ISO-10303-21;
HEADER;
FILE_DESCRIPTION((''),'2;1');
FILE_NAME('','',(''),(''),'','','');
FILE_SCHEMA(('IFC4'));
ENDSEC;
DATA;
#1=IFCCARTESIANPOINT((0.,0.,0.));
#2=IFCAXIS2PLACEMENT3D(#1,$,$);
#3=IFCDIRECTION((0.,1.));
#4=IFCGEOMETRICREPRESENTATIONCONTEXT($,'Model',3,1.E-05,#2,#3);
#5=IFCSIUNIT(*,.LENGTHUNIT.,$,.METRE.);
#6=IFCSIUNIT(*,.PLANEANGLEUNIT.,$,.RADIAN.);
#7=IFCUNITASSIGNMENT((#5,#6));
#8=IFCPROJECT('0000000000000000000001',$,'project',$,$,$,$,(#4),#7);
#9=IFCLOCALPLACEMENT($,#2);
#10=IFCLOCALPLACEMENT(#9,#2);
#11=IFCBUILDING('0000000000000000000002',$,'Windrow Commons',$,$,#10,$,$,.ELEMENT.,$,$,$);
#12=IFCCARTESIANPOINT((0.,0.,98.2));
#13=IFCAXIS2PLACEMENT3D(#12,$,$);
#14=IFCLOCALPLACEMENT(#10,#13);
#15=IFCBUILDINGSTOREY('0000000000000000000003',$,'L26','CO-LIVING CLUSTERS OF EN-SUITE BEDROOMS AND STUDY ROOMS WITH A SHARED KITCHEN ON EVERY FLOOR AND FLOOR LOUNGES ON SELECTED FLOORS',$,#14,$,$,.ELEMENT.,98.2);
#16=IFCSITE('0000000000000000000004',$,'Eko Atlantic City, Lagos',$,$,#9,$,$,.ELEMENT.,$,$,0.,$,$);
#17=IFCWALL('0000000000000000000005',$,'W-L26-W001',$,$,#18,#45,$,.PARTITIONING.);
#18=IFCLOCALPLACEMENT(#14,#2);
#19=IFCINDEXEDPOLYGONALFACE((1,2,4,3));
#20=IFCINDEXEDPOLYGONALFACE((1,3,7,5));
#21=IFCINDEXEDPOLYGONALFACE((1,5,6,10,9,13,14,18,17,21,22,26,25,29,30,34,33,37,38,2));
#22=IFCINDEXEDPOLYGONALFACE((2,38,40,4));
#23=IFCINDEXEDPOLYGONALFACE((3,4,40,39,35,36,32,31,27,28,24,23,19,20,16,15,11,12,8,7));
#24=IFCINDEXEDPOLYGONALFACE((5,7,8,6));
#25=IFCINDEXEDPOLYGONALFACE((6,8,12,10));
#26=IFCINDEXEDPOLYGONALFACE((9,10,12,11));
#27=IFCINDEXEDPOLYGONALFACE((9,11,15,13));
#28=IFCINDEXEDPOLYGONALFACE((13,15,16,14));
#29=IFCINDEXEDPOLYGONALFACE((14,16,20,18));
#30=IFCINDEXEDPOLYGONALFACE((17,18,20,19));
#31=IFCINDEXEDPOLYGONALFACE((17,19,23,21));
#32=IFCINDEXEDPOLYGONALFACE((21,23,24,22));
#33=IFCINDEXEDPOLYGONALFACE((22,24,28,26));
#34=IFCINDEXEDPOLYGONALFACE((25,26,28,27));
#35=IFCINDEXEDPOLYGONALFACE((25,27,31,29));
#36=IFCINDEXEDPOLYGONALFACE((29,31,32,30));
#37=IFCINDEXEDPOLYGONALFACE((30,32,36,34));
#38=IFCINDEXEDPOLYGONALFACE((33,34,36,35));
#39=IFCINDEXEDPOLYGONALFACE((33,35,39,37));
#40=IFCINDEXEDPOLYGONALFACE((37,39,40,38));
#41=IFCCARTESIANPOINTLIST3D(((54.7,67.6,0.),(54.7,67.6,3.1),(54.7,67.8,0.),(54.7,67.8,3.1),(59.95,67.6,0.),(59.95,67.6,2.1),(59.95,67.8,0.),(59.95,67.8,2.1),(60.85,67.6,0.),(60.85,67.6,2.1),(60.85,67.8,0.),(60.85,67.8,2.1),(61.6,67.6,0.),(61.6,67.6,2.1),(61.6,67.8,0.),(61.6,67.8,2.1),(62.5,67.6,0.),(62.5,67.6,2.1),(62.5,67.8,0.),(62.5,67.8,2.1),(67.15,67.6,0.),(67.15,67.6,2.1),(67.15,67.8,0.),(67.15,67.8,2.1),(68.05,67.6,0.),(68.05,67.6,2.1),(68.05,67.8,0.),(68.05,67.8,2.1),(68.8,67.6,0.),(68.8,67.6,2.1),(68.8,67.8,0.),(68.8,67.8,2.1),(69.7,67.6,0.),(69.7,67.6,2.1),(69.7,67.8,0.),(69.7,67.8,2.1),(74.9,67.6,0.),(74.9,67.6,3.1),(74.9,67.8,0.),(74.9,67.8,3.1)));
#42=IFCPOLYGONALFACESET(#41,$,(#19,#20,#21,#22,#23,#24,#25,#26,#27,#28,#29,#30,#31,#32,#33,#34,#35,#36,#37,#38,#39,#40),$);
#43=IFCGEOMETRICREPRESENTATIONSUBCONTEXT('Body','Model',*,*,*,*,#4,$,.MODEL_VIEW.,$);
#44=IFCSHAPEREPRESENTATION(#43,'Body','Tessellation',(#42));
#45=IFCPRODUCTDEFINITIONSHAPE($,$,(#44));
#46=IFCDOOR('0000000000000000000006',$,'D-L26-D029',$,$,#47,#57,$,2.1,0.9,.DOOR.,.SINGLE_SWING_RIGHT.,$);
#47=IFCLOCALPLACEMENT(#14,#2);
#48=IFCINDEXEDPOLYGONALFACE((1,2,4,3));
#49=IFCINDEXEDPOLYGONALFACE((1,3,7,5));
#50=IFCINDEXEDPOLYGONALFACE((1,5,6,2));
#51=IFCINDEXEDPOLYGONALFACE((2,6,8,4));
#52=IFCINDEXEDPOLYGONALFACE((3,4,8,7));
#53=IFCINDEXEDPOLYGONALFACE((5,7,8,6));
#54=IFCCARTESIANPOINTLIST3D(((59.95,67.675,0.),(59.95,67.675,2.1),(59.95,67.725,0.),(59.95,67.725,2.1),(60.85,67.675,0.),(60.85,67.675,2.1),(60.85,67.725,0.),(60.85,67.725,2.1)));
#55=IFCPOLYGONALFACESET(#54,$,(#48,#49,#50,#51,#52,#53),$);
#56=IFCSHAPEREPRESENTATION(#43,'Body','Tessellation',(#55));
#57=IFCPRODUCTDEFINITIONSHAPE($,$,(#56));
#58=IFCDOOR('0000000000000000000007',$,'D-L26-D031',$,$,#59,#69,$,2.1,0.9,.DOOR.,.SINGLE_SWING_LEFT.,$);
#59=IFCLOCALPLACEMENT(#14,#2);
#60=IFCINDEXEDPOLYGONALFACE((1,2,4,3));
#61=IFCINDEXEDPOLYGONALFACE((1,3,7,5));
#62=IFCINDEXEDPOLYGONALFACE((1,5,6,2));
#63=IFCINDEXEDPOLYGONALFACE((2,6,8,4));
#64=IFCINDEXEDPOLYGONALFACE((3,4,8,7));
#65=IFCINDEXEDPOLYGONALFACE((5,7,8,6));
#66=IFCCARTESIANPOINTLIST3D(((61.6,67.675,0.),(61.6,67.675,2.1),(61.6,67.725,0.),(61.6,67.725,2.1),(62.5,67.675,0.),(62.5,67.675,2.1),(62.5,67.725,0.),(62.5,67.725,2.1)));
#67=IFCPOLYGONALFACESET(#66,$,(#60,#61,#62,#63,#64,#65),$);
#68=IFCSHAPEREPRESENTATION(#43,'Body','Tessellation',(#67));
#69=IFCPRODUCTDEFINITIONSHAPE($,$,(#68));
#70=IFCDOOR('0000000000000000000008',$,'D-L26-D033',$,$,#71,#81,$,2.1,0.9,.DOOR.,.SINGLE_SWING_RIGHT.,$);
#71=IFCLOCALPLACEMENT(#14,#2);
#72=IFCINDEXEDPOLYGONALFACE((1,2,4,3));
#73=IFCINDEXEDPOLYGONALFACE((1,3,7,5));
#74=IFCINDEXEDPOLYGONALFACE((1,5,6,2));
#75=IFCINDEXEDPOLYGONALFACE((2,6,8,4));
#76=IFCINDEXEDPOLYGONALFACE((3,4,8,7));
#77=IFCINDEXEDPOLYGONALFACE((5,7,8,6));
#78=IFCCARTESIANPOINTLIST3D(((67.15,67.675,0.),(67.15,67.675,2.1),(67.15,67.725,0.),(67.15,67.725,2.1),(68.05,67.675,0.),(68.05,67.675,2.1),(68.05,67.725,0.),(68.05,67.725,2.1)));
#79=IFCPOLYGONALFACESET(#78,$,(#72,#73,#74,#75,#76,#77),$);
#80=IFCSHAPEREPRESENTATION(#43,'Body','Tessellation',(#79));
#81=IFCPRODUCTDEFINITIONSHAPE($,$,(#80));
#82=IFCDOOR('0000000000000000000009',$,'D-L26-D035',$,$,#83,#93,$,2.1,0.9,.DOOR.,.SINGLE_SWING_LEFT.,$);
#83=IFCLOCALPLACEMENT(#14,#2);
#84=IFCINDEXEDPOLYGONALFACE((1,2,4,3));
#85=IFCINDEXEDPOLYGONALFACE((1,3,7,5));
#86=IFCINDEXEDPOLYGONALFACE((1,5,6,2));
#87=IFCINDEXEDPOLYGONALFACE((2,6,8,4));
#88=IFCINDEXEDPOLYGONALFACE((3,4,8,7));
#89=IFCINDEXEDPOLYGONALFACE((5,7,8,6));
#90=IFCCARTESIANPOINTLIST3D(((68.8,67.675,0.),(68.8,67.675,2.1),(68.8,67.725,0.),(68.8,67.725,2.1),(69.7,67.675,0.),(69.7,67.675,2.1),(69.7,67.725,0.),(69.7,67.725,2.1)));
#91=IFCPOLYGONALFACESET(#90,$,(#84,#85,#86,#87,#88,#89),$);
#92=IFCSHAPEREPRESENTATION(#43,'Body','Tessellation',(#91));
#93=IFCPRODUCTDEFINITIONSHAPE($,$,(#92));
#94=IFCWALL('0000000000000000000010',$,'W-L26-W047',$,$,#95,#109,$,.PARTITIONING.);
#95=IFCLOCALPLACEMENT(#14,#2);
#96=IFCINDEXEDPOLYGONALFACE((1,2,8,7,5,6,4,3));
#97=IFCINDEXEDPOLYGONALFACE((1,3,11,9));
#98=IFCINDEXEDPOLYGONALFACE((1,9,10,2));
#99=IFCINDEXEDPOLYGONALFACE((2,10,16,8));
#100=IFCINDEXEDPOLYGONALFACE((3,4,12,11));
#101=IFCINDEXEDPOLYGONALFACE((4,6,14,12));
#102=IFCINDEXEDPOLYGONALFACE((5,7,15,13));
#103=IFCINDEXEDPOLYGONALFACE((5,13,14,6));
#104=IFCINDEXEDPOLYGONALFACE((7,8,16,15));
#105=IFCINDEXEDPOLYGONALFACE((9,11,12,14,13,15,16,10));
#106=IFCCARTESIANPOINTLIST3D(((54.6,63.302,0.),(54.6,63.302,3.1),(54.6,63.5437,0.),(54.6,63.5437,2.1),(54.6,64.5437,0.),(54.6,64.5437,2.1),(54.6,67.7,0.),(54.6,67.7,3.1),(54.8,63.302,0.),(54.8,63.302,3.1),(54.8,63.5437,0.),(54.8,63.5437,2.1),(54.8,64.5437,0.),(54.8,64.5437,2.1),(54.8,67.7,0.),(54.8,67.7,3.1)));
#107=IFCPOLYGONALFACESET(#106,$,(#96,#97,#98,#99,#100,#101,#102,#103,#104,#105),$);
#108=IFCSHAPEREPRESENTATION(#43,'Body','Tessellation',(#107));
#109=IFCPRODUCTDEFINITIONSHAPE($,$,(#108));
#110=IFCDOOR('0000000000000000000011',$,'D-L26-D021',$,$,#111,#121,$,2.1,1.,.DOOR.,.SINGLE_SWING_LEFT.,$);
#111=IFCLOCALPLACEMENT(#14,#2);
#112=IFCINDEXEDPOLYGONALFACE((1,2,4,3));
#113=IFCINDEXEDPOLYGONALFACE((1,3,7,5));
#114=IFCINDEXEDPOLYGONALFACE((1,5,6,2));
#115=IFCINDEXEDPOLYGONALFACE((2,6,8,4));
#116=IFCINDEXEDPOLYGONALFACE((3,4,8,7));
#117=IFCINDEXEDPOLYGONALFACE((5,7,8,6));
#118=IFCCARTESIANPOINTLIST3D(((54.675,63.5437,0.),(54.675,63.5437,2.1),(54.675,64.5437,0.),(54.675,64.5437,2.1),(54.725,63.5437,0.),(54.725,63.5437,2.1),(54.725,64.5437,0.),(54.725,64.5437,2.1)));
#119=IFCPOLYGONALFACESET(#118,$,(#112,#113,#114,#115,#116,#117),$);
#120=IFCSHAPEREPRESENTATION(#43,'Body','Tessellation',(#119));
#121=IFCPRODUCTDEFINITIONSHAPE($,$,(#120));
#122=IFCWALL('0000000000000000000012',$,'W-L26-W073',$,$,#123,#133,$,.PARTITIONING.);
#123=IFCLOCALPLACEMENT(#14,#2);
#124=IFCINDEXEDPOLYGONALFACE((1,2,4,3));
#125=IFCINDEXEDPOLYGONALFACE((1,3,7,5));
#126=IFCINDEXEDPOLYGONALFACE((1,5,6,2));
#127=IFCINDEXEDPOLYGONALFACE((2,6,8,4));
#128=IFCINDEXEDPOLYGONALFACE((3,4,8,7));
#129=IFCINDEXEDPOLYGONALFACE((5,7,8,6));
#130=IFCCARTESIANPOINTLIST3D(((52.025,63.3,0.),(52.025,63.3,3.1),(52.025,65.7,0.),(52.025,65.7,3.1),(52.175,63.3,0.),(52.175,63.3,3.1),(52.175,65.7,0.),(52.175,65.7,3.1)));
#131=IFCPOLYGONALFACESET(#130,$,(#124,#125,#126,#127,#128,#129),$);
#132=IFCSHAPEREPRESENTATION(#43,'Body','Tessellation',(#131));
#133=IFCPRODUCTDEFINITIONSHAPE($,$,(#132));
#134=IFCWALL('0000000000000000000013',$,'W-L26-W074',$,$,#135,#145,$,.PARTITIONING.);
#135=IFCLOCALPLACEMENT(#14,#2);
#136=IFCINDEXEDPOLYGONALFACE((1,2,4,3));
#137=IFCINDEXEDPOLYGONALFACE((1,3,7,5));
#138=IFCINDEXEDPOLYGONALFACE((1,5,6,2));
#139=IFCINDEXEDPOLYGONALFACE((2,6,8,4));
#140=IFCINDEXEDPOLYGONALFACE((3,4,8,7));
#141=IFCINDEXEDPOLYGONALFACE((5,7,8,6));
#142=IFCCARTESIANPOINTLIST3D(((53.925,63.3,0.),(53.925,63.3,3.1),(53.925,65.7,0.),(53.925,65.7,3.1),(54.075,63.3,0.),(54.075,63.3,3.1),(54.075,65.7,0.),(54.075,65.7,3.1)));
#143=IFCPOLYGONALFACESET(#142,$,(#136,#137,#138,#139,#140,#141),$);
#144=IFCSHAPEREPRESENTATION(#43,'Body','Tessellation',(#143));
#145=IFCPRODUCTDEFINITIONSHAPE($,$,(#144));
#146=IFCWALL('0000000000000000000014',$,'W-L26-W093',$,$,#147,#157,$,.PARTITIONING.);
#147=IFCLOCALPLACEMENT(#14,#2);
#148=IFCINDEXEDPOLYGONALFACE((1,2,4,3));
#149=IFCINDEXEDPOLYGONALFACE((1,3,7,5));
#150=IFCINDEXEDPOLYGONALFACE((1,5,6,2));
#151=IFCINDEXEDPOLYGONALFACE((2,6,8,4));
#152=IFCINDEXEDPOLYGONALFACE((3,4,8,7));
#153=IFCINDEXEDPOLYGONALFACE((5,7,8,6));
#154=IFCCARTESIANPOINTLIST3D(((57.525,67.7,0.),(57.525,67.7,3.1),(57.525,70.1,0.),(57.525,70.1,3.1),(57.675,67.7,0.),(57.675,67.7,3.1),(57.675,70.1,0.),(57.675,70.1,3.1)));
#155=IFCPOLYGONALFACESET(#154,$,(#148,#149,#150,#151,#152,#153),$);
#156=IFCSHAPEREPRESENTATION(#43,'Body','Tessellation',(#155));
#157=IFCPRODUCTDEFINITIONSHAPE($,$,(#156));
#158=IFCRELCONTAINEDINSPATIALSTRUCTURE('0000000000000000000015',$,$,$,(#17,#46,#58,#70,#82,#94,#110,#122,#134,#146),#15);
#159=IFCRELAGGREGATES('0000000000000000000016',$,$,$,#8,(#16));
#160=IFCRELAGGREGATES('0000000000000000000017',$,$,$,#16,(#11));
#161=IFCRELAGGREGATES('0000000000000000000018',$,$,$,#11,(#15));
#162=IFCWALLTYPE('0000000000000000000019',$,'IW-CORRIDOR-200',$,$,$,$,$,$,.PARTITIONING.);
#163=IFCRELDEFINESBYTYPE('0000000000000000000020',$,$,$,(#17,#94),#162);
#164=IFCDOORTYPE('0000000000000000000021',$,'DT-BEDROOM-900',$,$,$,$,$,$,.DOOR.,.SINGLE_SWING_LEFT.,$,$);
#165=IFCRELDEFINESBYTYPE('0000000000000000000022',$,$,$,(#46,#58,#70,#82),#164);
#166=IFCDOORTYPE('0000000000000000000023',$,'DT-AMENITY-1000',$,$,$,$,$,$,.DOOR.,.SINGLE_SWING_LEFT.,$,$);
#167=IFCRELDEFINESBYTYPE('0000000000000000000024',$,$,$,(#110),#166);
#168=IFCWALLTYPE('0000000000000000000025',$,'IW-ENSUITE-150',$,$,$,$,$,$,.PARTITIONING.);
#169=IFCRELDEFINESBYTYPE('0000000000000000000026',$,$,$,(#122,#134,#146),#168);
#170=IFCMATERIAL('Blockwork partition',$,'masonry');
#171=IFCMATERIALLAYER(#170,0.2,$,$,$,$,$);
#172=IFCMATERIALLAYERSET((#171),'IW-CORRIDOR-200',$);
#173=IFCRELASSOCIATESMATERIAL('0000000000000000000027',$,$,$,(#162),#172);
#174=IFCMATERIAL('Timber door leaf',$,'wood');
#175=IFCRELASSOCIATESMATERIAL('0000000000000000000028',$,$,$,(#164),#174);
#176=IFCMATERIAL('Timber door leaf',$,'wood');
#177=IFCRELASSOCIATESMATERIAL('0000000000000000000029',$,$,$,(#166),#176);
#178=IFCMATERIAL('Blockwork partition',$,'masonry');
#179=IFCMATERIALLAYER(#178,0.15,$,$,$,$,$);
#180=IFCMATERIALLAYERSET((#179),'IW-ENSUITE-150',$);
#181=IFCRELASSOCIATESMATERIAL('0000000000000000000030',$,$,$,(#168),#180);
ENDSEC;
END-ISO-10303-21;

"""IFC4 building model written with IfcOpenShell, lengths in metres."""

from ifc_helpers import new_model, si_unit, direction, frame, frame_2d, origin, place, context, subcontext, project, spatial, rectangle, extrude, material, layer, layer_set, type_object, element, fill, save


model = new_model("IFC4")

# Units and contexts
model_context = context("Model", 3, precision=1e-05, world=origin(), true_north=direction((0.0, 1.0)))
body_context = subcontext(model_context, "Body", "Model", "MODEL_VIEW")
ifc_project = project(units=[si_unit("LENGTHUNIT", "METRE"), si_unit("PLANEANGLEUNIT", "RADIAN")], contexts=[model_context])

# Site, building, storey
site_placement = place(None, origin())
site = spatial("IfcSite", under=ifc_project, at=site_placement, Name="Eko Atlantic City, Lagos", CompositionType="ELEMENT", RefElevation=0.0)
building_placement = place(site_placement, origin())
building = spatial("IfcBuilding", under=site, at=building_placement, Name="Windrow Commons", CompositionType="ELEMENT")
storey_placement = place(building_placement, frame((0.0, 0.0, 98.2)))
storey = spatial("IfcBuildingStorey", under=building, at=storey_placement, Name="L26", Description="CO-LIVING CLUSTERS OF EN-SUITE BEDROOMS AND STUDY ROOMS WITH A SHARED KITCHEN ON EVERY FLOOR AND FLOOR LOUNGES ON SELECTED FLOORS", CompositionType="ELEMENT", Elevation=98.2)

# Wall, openings, doors
ifc_material_1 = material(Name="Blockwork partition", Category="masonry")
ifc_layer_1 = layer(ifc_material_1, 0.2)
ifc_layer_set_1 = layer_set([ifc_layer_1], Name="IW-CORRIDOR-200")
wall_type_1 = type_object("IfcWallType", Name="IW-CORRIDOR-200", PredefinedType="PARTITIONING", material=ifc_layer_set_1)
wall_1_placement = place(storey_placement, frame((54.7, 67.7, 0.0), z_axis=(0.0, 0.0, 1.0), x_axis=(1.0, 0.0, 0.0)))
wall_1 = element("IfcWall", 1, at=wall_1_placement, inside=storey, type_object=wall_type_1, Name="W-L26-W001", PredefinedType="PARTITIONING", context=body_context, shape_type="SweptSolid", body=[
    extrude(rectangle(XDim=20.2, YDim=0.2, at=frame_2d((10.1, 0.0))), origin(), (0.0, 0.0, 1.0), 3.1),
])
opening_1_placement = place(wall_1_placement, frame((5.25, 0.0, 0.0)))
opening_1 = element("IfcOpeningElement", 2, at=opening_1_placement, cuts=wall_1, PredefinedType="OPENING", context=body_context, shape_type="SweptSolid", body=[
    extrude(rectangle(XDim=0.9, YDim=2.1, at=frame_2d((0.45, 1.05))), frame((0.0, 0.11, 0.0), z_axis=(0.0, -1.0, 0.0), x_axis=(1.0, 0.0, 0.0)), (0.0, 0.0, 1.0), 0.22),
])
opening_2_placement = place(wall_1_placement, frame((6.9, 0.0, 0.0)))
opening_2 = element("IfcOpeningElement", 3, at=opening_2_placement, cuts=wall_1, PredefinedType="OPENING", context=body_context, shape_type="SweptSolid", body=[
    extrude(rectangle(XDim=0.9, YDim=2.1, at=frame_2d((0.45, 1.05))), frame((0.0, 0.11, 0.0), z_axis=(0.0, -1.0, 0.0), x_axis=(1.0, 0.0, 0.0)), (0.0, 0.0, 1.0), 0.22),
])
opening_3_placement = place(wall_1_placement, frame((12.45, 0.0, 0.0)))
opening_3 = element("IfcOpeningElement", 4, at=opening_3_placement, cuts=wall_1, PredefinedType="OPENING", context=body_context, shape_type="SweptSolid", body=[
    extrude(rectangle(XDim=0.9, YDim=2.1, at=frame_2d((0.45, 1.05))), frame((0.0, 0.11, 0.0), z_axis=(0.0, -1.0, 0.0), x_axis=(1.0, 0.0, 0.0)), (0.0, 0.0, 1.0), 0.22),
])
opening_4_placement = place(wall_1_placement, frame((14.1, 0.0, 0.0)))
opening_4 = element("IfcOpeningElement", 5, at=opening_4_placement, cuts=wall_1, PredefinedType="OPENING", context=body_context, shape_type="SweptSolid", body=[
    extrude(rectangle(XDim=0.9, YDim=2.1, at=frame_2d((0.45, 1.05))), frame((0.0, 0.11, 0.0), z_axis=(0.0, -1.0, 0.0), x_axis=(1.0, 0.0, 0.0)), (0.0, 0.0, 1.0), 0.22),
])
ifc_material_2 = material(Name="Timber door leaf", Category="wood")
door_type_1 = type_object("IfcDoorType", Name="DT-BEDROOM-900", OperationType="SINGLE_SWING_LEFT", PredefinedType="DOOR", material=ifc_material_2)
door_1_placement = place(opening_1_placement, origin())
door_1 = element("IfcDoor", 6, at=door_1_placement, inside=storey, type_object=door_type_1, Name="D-L26-D029", OperationType="SINGLE_SWING_RIGHT", OverallHeight=2.1, OverallWidth=0.9, PredefinedType="DOOR", context=body_context, shape_type="SweptSolid", body=[
    extrude(rectangle(XDim=0.9, YDim=2.1, at=frame_2d((0.45, 1.05))), frame((0.0, 0.025, 0.0), z_axis=(0.0, -1.0, 0.0), x_axis=(1.0, 0.0, 0.0)), (0.0, 0.0, 1.0), 0.05),
])
fill(opening_1, door_1)
door_2_placement = place(opening_2_placement, origin())
door_2 = element("IfcDoor", 7, at=door_2_placement, inside=storey, type_object=door_type_1, Name="D-L26-D031", OperationType="SINGLE_SWING_LEFT", OverallHeight=2.1, OverallWidth=0.9, PredefinedType="DOOR", context=body_context, shape_type="SweptSolid", body=[
    extrude(rectangle(XDim=0.9, YDim=2.1, at=frame_2d((0.45, 1.05))), frame((0.0, 0.025, 0.0), z_axis=(0.0, -1.0, 0.0), x_axis=(1.0, 0.0, 0.0)), (0.0, 0.0, 1.0), 0.05),
])
fill(opening_2, door_2)
door_3_placement = place(opening_3_placement, origin())
door_3 = element("IfcDoor", 8, at=door_3_placement, inside=storey, type_object=door_type_1, Name="D-L26-D033", OperationType="SINGLE_SWING_RIGHT", OverallHeight=2.1, OverallWidth=0.9, PredefinedType="DOOR", context=body_context, shape_type="SweptSolid", body=[
    extrude(rectangle(XDim=0.9, YDim=2.1, at=frame_2d((0.45, 1.05))), frame((0.0, 0.025, 0.0), z_axis=(0.0, -1.0, 0.0), x_axis=(1.0, 0.0, 0.0)), (0.0, 0.0, 1.0), 0.05),
])
fill(opening_3, door_3)
door_4_placement = place(opening_4_placement, origin())
door_4 = element("IfcDoor", 9, at=door_4_placement, inside=storey, type_object=door_type_1, Name="D-L26-D035", OperationType="SINGLE_SWING_LEFT", OverallHeight=2.1, OverallWidth=0.9, PredefinedType="DOOR", context=body_context, shape_type="SweptSolid", body=[
    extrude(rectangle(XDim=0.9, YDim=2.1, at=frame_2d((0.45, 1.05))), frame((0.0, 0.025, 0.0), z_axis=(0.0, -1.0, 0.0), x_axis=(1.0, 0.0, 0.0)), (0.0, 0.0, 1.0), 0.05),
])
fill(opening_4, door_4)

# Wall, opening, door
wall_2_placement = place(storey_placement, frame((54.7, 63.302, 0.0), z_axis=(0.0, 0.0, 1.0), x_axis=(0.0, 1.0, 0.0)))
wall_2 = element("IfcWall", 10, at=wall_2_placement, inside=storey, type_object=wall_type_1, Name="W-L26-W047", PredefinedType="PARTITIONING", context=body_context, shape_type="SweptSolid", body=[
    extrude(rectangle(XDim=4.398, YDim=0.2, at=frame_2d((2.199, 0.0))), origin(), (0.0, 0.0, 1.0), 3.1),
])
opening_5_placement = place(wall_2_placement, frame((0.2417, 0.0, 0.0)))
opening_5 = element("IfcOpeningElement", 11, at=opening_5_placement, cuts=wall_2, PredefinedType="OPENING", context=body_context, shape_type="SweptSolid", body=[
    extrude(rectangle(XDim=1.0, YDim=2.1, at=frame_2d((0.5, 1.05))), frame((0.0, 0.11, 0.0), z_axis=(0.0, -1.0, 0.0), x_axis=(1.0, 0.0, 0.0)), (0.0, 0.0, 1.0), 0.22),
])
ifc_material_3 = material(Name="Timber door leaf", Category="wood")
door_type_2 = type_object("IfcDoorType", Name="DT-AMENITY-1000", OperationType="SINGLE_SWING_LEFT", PredefinedType="DOOR", material=ifc_material_3)
door_5_placement = place(opening_5_placement, origin())
door_5 = element("IfcDoor", 12, at=door_5_placement, inside=storey, type_object=door_type_2, Name="D-L26-D021", OperationType="SINGLE_SWING_LEFT", OverallHeight=2.1, OverallWidth=1.0, PredefinedType="DOOR", context=body_context, shape_type="SweptSolid", body=[
    extrude(rectangle(XDim=1.0, YDim=2.1, at=frame_2d((0.5, 1.05))), frame((0.0, 0.025, 0.0), z_axis=(0.0, -1.0, 0.0), x_axis=(1.0, 0.0, 0.0)), (0.0, 0.0, 1.0), 0.05),
])
fill(opening_5, door_5)

# Walls
ifc_material_4 = material(Name="Blockwork partition", Category="masonry")
ifc_layer_2 = layer(ifc_material_4, 0.15)
ifc_layer_set_2 = layer_set([ifc_layer_2], Name="IW-ENSUITE-150")
wall_type_2 = type_object("IfcWallType", Name="IW-ENSUITE-150", PredefinedType="PARTITIONING", material=ifc_layer_set_2)
for number, where, z_axis, x_axis, name in (
    (13, (52.1, 63.3, 0.0), (0.0, 0.0, 1.0), (0.0, 1.0, 0.0), "W-L26-W073"),
    (14, (54.0, 63.3, 0.0), (0.0, 0.0, 1.0), (0.0, 1.0, 0.0), "W-L26-W074"),
    (15, (57.6, 67.7, 0.0), (0.0, 0.0, 1.0), (0.0, 1.0, 0.0), "W-L26-W093"),
):
    element("IfcWall", number, at=place(storey_placement, frame(where, z_axis=z_axis, x_axis=x_axis)), inside=storey, type_object=wall_type_2, Name=name, PredefinedType="PARTITIONING", context=body_context, shape_type="SweptSolid", body=[
        extrude(rectangle(XDim=2.4, YDim=0.15, at=frame_2d((1.2, 0.0))), origin(), (0.0, 0.0, 1.0), 3.1),
    ])

save(model, "model.ifc")
